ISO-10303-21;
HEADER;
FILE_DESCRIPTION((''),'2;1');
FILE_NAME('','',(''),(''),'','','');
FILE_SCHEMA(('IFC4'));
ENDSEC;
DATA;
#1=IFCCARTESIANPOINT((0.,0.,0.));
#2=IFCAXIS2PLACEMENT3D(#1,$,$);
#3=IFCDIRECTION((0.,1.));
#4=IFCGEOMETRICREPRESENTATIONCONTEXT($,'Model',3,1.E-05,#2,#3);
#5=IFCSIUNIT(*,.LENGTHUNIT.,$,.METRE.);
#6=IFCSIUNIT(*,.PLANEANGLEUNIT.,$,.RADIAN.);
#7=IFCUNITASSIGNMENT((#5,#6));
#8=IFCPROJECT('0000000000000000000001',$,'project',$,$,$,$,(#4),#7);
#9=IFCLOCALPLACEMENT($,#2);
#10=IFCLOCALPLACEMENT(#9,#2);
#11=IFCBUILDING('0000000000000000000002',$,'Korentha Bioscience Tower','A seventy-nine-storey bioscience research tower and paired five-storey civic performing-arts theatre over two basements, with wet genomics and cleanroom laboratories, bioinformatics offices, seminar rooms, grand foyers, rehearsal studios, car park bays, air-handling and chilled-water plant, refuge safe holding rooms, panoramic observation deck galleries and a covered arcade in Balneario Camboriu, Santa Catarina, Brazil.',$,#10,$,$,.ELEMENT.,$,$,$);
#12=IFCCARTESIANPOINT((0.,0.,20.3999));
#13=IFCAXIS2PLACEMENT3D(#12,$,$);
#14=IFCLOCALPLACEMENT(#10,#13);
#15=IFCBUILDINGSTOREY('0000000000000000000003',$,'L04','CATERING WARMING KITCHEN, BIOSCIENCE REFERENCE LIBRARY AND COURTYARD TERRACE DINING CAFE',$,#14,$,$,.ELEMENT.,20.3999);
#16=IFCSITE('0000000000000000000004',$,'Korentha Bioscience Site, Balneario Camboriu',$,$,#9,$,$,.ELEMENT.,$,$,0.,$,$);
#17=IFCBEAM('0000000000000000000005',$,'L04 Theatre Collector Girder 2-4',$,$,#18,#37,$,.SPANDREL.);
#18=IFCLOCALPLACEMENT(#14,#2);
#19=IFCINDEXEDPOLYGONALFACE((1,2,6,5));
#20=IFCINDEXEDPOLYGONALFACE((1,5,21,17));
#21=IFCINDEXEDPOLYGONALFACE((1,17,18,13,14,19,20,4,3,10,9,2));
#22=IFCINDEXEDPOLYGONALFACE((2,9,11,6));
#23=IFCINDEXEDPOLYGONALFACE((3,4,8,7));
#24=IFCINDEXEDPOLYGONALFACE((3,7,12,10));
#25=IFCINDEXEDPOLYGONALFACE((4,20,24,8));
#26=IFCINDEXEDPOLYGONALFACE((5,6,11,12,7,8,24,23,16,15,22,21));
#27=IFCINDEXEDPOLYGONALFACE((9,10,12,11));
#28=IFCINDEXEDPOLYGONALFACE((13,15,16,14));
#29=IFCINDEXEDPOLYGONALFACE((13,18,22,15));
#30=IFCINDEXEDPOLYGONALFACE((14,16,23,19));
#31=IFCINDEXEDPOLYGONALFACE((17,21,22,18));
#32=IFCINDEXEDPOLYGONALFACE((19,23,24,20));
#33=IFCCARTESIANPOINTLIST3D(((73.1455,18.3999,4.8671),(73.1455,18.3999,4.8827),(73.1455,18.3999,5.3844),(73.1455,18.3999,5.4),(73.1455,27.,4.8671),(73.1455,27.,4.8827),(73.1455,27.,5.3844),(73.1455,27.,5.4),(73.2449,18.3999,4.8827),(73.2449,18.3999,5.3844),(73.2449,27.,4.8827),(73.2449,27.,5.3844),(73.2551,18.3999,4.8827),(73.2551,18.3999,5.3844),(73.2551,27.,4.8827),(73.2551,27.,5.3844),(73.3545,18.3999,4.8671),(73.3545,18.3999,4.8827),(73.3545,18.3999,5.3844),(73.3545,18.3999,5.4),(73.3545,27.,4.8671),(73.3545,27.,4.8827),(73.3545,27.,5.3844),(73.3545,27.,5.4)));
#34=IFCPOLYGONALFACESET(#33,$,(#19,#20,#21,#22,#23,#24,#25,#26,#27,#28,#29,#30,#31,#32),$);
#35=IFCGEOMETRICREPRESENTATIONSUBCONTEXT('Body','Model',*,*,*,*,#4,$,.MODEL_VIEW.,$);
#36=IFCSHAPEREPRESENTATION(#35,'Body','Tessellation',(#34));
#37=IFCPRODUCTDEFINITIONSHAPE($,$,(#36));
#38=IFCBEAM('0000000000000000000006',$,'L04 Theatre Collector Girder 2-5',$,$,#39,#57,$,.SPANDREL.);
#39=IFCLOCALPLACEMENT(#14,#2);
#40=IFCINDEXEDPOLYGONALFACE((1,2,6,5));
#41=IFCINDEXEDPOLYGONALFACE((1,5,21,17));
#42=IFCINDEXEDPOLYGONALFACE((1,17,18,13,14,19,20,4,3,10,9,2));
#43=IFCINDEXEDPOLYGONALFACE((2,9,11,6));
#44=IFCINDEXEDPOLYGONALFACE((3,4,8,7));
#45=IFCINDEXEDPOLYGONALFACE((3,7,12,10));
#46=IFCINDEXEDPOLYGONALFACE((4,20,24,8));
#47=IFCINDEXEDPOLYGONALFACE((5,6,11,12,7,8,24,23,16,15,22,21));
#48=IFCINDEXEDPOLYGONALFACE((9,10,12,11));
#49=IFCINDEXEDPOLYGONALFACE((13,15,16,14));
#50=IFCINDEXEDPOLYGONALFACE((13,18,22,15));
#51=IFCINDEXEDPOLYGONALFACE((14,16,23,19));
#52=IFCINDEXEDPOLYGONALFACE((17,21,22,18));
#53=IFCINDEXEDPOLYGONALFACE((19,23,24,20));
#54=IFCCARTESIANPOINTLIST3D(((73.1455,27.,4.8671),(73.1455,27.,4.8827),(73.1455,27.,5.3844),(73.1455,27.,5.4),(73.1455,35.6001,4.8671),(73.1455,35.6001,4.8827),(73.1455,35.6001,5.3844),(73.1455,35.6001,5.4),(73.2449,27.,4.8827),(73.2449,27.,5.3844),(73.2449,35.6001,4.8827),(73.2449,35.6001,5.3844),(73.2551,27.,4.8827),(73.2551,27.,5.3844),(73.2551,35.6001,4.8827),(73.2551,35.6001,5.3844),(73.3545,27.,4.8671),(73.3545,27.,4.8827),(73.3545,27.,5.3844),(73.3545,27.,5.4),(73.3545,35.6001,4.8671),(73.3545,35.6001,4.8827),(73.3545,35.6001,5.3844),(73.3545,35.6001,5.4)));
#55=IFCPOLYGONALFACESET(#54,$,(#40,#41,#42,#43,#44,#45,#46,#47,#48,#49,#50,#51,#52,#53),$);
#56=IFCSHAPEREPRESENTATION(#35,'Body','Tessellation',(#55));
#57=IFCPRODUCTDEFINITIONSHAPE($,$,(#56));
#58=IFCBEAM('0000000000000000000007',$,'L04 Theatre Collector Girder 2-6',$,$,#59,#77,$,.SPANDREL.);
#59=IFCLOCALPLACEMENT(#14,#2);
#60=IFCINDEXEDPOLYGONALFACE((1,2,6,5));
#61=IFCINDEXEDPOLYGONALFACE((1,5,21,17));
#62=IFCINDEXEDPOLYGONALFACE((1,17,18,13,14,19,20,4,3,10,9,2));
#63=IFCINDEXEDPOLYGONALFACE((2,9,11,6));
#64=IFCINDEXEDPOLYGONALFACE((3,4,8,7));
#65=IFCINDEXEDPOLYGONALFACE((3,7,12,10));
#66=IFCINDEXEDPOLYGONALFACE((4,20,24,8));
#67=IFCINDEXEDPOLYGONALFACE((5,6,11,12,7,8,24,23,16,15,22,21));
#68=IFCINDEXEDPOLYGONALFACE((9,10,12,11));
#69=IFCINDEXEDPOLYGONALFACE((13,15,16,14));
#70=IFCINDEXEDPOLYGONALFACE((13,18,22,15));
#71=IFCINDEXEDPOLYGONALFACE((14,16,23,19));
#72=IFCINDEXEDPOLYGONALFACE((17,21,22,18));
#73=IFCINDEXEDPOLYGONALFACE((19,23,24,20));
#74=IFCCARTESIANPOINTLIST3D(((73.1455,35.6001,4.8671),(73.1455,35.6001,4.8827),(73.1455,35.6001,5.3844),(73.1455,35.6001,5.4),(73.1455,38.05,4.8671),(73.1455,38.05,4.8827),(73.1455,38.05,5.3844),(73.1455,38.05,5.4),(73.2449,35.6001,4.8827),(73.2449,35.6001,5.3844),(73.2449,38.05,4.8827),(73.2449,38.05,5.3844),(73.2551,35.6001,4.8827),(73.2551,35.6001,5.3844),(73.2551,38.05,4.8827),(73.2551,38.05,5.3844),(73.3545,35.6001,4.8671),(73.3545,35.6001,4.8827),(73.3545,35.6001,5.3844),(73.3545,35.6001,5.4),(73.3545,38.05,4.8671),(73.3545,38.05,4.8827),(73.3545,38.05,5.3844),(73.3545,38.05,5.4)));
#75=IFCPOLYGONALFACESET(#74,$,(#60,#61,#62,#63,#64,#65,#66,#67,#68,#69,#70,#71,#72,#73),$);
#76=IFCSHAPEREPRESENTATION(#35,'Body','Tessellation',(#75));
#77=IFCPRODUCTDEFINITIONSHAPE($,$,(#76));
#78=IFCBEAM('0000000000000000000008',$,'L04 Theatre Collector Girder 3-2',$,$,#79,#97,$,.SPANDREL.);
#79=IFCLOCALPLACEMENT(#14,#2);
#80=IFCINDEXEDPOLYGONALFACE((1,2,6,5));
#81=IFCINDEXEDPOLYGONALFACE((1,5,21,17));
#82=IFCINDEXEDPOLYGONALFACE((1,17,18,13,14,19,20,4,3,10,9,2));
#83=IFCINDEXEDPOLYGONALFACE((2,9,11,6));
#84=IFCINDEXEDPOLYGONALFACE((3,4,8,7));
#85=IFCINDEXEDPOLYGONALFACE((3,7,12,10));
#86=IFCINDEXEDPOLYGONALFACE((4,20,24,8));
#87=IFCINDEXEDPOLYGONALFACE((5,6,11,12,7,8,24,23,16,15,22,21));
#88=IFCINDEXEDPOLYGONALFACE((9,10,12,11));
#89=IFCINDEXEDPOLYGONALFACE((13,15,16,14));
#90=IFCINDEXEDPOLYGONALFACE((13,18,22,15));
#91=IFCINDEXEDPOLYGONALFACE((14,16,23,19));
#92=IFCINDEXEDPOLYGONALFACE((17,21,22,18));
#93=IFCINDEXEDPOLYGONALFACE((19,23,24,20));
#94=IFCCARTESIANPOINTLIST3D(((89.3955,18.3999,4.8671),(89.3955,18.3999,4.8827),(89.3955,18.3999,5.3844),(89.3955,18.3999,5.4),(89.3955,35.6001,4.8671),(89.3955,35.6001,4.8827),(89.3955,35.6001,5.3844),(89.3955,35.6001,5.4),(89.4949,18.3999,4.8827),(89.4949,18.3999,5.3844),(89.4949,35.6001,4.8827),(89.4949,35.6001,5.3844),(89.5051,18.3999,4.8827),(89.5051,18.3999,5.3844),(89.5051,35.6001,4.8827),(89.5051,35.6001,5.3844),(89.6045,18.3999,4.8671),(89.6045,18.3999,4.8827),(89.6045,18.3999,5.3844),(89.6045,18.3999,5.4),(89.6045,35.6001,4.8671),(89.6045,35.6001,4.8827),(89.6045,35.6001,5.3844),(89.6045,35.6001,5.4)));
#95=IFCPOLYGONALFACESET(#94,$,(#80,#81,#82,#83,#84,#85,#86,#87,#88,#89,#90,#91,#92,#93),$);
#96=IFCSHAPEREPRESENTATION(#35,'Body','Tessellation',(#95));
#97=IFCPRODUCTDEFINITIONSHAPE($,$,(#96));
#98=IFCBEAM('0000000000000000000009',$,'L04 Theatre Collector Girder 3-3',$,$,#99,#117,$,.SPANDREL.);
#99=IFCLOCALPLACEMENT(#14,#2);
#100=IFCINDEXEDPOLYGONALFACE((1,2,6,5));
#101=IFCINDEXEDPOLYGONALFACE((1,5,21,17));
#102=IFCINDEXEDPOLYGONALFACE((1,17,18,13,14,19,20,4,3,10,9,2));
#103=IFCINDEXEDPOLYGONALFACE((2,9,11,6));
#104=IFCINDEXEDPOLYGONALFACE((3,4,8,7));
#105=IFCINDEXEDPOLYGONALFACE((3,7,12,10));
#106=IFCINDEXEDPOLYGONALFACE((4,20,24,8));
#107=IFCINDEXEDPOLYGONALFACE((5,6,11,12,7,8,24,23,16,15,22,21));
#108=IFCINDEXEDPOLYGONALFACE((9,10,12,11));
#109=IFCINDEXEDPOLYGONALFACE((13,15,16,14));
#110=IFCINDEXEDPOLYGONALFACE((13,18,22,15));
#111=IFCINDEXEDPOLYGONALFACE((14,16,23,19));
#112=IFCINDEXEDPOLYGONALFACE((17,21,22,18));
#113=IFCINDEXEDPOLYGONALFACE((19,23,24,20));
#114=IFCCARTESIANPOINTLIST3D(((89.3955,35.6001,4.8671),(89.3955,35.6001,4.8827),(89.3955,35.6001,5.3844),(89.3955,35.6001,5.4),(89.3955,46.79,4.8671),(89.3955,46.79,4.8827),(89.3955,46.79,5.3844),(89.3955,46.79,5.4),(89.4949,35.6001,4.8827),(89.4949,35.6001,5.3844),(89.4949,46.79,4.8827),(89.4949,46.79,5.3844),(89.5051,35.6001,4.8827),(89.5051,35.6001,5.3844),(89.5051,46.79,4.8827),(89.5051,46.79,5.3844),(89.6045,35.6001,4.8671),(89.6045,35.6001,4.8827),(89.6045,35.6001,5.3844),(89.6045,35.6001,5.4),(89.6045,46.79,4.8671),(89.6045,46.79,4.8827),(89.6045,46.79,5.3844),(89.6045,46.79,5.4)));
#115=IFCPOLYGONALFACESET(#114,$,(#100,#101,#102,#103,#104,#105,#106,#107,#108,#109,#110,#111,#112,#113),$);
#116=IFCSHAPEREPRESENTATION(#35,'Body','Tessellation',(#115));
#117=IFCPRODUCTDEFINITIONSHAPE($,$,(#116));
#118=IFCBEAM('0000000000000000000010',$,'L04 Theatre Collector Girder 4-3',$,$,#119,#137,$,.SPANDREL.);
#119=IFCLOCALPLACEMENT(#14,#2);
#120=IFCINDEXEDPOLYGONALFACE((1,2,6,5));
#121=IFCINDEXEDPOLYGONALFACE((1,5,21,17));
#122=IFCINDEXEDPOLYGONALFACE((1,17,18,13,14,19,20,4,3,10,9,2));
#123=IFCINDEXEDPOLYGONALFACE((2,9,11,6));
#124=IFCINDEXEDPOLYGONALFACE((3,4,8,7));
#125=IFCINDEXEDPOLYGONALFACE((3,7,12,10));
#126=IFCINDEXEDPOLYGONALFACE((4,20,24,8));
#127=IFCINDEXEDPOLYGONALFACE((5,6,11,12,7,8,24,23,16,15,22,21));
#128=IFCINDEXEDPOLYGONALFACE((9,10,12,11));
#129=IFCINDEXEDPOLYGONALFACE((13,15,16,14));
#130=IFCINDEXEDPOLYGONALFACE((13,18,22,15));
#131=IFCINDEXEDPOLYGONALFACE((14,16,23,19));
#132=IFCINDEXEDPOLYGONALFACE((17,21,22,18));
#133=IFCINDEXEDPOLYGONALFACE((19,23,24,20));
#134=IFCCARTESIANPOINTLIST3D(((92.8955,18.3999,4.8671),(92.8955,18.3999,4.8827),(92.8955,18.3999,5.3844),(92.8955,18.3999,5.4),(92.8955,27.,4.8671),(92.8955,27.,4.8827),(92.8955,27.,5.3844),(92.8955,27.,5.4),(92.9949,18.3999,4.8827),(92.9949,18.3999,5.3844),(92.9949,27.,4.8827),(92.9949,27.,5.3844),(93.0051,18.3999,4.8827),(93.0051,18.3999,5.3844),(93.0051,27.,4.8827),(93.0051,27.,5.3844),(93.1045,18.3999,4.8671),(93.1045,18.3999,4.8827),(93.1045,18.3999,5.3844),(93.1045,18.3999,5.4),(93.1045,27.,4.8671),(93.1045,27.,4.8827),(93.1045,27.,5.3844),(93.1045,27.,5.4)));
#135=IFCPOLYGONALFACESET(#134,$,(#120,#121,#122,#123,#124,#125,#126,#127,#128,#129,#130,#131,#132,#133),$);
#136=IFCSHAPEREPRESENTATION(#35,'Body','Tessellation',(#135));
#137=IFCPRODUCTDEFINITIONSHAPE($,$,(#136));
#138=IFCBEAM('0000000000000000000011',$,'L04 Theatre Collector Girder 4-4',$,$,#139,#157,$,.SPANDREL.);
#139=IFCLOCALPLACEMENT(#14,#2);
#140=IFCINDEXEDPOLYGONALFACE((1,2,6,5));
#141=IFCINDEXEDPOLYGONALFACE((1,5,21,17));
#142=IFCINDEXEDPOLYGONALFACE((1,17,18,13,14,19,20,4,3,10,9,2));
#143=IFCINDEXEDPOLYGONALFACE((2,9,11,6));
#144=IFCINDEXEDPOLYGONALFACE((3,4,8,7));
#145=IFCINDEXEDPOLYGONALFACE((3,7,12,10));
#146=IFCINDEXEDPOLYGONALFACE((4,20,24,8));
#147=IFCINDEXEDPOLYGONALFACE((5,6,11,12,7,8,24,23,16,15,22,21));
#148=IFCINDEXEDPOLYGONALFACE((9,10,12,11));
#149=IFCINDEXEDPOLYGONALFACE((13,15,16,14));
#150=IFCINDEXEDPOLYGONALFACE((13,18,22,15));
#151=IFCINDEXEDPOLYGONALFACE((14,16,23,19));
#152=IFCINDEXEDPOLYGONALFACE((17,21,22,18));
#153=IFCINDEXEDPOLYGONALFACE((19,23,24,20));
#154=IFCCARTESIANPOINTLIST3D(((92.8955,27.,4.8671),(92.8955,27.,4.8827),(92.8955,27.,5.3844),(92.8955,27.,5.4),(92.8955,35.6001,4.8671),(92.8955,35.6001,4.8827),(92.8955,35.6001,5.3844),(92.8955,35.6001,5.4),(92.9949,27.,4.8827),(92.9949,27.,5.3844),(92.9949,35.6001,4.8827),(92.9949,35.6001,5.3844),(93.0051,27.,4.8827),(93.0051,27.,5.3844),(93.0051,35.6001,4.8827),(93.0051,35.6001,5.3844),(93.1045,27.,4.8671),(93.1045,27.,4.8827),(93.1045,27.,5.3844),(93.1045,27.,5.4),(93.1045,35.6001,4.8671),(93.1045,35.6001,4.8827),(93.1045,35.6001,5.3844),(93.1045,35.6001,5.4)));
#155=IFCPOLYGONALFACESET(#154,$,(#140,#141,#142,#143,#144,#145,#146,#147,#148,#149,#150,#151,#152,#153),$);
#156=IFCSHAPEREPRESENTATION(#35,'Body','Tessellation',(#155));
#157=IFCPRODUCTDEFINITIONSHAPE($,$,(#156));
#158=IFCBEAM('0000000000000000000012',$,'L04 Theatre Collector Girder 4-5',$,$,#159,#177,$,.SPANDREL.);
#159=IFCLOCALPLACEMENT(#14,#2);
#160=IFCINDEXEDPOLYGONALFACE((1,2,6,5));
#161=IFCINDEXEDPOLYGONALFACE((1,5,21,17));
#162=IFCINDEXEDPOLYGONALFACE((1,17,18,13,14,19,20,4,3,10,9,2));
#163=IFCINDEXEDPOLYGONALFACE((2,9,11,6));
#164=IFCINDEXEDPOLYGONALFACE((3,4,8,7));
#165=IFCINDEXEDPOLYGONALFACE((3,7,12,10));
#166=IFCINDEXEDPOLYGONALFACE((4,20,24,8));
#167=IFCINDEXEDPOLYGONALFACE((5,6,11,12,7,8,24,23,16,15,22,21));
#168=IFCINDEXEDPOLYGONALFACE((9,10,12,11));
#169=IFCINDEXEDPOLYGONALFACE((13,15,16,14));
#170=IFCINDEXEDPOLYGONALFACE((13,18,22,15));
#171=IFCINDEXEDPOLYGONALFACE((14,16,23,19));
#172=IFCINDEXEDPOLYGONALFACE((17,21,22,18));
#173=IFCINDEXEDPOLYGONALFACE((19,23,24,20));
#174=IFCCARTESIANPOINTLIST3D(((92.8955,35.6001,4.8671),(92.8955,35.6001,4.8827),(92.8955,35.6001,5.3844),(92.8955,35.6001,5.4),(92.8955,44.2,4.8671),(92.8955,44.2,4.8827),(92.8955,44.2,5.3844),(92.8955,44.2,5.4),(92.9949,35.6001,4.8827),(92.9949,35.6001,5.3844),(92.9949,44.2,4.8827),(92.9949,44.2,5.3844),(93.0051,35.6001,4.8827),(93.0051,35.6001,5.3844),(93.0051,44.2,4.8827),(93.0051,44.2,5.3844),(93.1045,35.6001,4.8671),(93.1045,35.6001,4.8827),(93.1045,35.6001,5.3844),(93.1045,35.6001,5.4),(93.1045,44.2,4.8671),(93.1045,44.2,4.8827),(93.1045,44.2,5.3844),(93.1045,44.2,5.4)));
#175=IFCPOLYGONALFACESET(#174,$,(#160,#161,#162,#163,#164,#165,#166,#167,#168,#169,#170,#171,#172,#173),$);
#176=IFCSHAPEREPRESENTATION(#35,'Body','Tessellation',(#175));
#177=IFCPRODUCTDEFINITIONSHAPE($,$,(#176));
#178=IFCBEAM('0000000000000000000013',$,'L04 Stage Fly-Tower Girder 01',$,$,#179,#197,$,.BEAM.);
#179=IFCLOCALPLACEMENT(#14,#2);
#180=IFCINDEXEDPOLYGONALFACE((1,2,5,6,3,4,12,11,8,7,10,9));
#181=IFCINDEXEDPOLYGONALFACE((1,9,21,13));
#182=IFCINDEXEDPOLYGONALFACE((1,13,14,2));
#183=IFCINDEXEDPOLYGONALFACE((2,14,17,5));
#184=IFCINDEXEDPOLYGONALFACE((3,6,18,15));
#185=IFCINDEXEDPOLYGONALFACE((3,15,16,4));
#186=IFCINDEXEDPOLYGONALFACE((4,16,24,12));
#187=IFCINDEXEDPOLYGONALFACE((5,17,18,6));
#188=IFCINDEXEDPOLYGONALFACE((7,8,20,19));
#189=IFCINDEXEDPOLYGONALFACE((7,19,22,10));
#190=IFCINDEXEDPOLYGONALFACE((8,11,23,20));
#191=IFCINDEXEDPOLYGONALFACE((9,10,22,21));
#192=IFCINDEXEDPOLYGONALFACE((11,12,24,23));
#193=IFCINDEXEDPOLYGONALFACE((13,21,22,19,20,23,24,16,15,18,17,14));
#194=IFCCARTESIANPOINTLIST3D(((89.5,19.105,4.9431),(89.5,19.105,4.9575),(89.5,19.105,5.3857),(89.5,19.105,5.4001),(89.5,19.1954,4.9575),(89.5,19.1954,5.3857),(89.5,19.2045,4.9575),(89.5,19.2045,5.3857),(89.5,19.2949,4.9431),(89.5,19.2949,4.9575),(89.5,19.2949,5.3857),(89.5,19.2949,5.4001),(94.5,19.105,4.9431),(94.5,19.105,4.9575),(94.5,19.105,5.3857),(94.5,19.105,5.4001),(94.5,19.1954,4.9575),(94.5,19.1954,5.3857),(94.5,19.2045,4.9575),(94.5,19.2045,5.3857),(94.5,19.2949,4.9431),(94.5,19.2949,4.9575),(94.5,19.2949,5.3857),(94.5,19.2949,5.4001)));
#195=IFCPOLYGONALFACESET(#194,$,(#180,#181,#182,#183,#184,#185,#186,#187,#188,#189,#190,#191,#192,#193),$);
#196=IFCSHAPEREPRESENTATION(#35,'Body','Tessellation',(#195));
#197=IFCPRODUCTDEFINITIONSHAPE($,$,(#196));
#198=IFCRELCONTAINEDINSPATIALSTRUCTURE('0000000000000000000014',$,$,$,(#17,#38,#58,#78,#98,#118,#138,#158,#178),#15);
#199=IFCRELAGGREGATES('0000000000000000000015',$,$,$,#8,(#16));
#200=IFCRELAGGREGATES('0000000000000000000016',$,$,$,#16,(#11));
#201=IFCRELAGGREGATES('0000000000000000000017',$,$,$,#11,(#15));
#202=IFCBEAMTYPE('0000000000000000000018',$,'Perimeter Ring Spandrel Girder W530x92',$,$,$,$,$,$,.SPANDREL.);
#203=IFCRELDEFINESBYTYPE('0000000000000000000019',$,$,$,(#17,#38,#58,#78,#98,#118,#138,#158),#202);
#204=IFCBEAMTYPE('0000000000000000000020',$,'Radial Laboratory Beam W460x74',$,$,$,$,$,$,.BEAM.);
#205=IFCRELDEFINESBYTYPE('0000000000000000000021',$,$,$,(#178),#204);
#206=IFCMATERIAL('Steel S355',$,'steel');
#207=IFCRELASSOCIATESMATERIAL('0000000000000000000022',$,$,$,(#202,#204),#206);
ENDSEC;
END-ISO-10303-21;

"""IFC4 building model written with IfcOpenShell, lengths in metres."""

from ifc_helpers import new_model, si_unit, direction, frame, origin, origin_2d, place, context, subcontext, project, spatial, i_section, extrude, material, material_profile, profile_set, type_object, element, save


model = new_model("IFC4")

# Units and contexts
model_context = context("Model", 3, precision=1e-05, world=origin(), true_north=direction((0.0, 1.0)))
body_context = subcontext(model_context, "Body", "Model", "MODEL_VIEW")
ifc_project = project(units=[si_unit("LENGTHUNIT", "METRE"), si_unit("PLANEANGLEUNIT", "RADIAN")], contexts=[model_context])

# Site, building, storey
site_placement = place(None, origin())
site = spatial("IfcSite", under=ifc_project, at=site_placement, Name="Korentha Bioscience Site, Balneario Camboriu", CompositionType="ELEMENT", RefElevation=0.0)
building_placement = place(site_placement, origin())
building = spatial("IfcBuilding", under=site, at=building_placement, Name="Korentha Bioscience Tower", Description="A seventy-nine-storey bioscience research tower and paired five-storey civic performing-arts theatre over two basements, with wet genomics and cleanroom laboratories, bioinformatics offices, seminar rooms, grand foyers, rehearsal studios, car park bays, air-handling and chilled-water plant, refuge safe holding rooms, panoramic observation deck galleries and a covered arcade in Balneario Camboriu, Santa Catarina, Brazil.", CompositionType="ELEMENT")
storey_placement = place(building_placement, frame((0.0, 0.0, 20.3999)))
storey = spatial("IfcBuildingStorey", under=building, at=storey_placement, Name="L04", Description="CATERING WARMING KITCHEN, BIOSCIENCE REFERENCE LIBRARY AND COURTYARD TERRACE DINING CAFE", CompositionType="ELEMENT", Elevation=20.3999)

# Shared definitions
ifc_material_1 = material(Name="Steel S355", Category="steel")

# Beams
ifc_material_profile_1 = material_profile(ifc_material_1, i_section(OverallWidth=0.209, OverallDepth=0.533, WebThickness=0.0103, FlangeThickness=0.0156, at=origin_2d()), Name="Steel S355")
ifc_profile_set_1 = profile_set([ifc_material_profile_1], Name="Steel S355 (SB-530)")
beam_type_1 = type_object("IfcBeamType", Name="Perimeter Ring Spandrel Girder W530x92", PredefinedType="SPANDREL", material=ifc_profile_set_1)
for number, where, z_axis, x_axis, name in (
    (1, (73.25, 18.3999, 5.1335), (0.0, 1.0, 0.0), (-1.0, 0.0, 0.0), "L04 Theatre Collector Girder 2-4"),
    (2, (73.25, 27.0, 5.1335), (0.0, 1.0, 0.0), (-1.0, 0.0, 0.0), "L04 Theatre Collector Girder 2-5"),
):
    element("IfcBeam", number, at=place(storey_placement, frame(where, z_axis=z_axis, x_axis=x_axis)), inside=storey, type_object=beam_type_1, Name=name, PredefinedType="SPANDREL", context=body_context, shape_type="SweptSolid", body=[
        extrude(i_section(OverallWidth=0.209, OverallDepth=0.533, WebThickness=0.0103, FlangeThickness=0.0156, at=origin_2d()), origin(), (0.0, 0.0, 1.0), 8.6001),
    ])
beam_1_placement = place(storey_placement, frame((73.25, 35.6001, 5.1335), z_axis=(0.0, 1.0, 0.0), x_axis=(-1.0, 0.0, 0.0)))
element("IfcBeam", 3, at=beam_1_placement, inside=storey, type_object=beam_type_1, Name="L04 Theatre Collector Girder 2-6", PredefinedType="SPANDREL", context=body_context, shape_type="SweptSolid", body=[
    extrude(i_section(OverallWidth=0.209, OverallDepth=0.533, WebThickness=0.0103, FlangeThickness=0.0156, at=origin_2d()), origin(), (0.0, 0.0, 1.0), 2.45),
])
beam_2_placement = place(storey_placement, frame((89.5, 18.3999, 5.1335), z_axis=(0.0, 1.0, 0.0), x_axis=(-1.0, 0.0, 0.0)))
element("IfcBeam", 4, at=beam_2_placement, inside=storey, type_object=beam_type_1, Name="L04 Theatre Collector Girder 3-2", PredefinedType="SPANDREL", context=body_context, shape_type="SweptSolid", body=[
    extrude(i_section(OverallWidth=0.209, OverallDepth=0.533, WebThickness=0.0103, FlangeThickness=0.0156, at=origin_2d()), origin(), (0.0, 0.0, 1.0), 17.2002),
])
beam_3_placement = place(storey_placement, frame((89.5, 35.6001, 5.1335), z_axis=(0.0, 1.0, 0.0), x_axis=(-1.0, 0.0, 0.0)))
element("IfcBeam", 5, at=beam_3_placement, inside=storey, type_object=beam_type_1, Name="L04 Theatre Collector Girder 3-3", PredefinedType="SPANDREL", context=body_context, shape_type="SweptSolid", body=[
    extrude(i_section(OverallWidth=0.209, OverallDepth=0.533, WebThickness=0.0103, FlangeThickness=0.0156, at=origin_2d()), origin(), (0.0, 0.0, 1.0), 11.1899),
])
for number, where, z_axis, x_axis, name in (
    (6, (93.0, 18.3999, 5.1335), (0.0, 1.0, 0.0), (-1.0, 0.0, 0.0), "L04 Theatre Collector Girder 4-3"),
    (7, (93.0, 27.0, 5.1335), (0.0, 1.0, 0.0), (-1.0, 0.0, 0.0), "L04 Theatre Collector Girder 4-4"),
):
    element("IfcBeam", number, at=place(storey_placement, frame(where, z_axis=z_axis, x_axis=x_axis)), inside=storey, type_object=beam_type_1, Name=name, PredefinedType="SPANDREL", context=body_context, shape_type="SweptSolid", body=[
        extrude(i_section(OverallWidth=0.209, OverallDepth=0.533, WebThickness=0.0103, FlangeThickness=0.0156, at=origin_2d()), origin(), (0.0, 0.0, 1.0), 8.6001),
    ])
beam_4_placement = place(storey_placement, frame((93.0, 35.6001, 5.1335), z_axis=(0.0, 1.0, 0.0), x_axis=(-1.0, 0.0, 0.0)))
element("IfcBeam", 8, at=beam_4_placement, inside=storey, type_object=beam_type_1, Name="L04 Theatre Collector Girder 4-5", PredefinedType="SPANDREL", context=body_context, shape_type="SweptSolid", body=[
    extrude(i_section(OverallWidth=0.209, OverallDepth=0.533, WebThickness=0.0103, FlangeThickness=0.0156, at=origin_2d()), origin(), (0.0, 0.0, 1.0), 8.5999),
])
ifc_material_profile_2 = material_profile(ifc_material_1, i_section(OverallWidth=0.1899, OverallDepth=0.457, WebThickness=0.009, FlangeThickness=0.0144, at=origin_2d()), Name="Steel S355")
ifc_profile_set_2 = profile_set([ifc_material_profile_2], Name="Steel S355 (RB-460)")
beam_type_2 = type_object("IfcBeamType", Name="Radial Laboratory Beam W460x74", PredefinedType="BEAM", material=ifc_profile_set_2)
for number, where, z_axis, x_axis, name in (
    (9, (89.5, 19.2, 5.1716), (1.0, 0.0, 0.0), (0.0, 1.0, 0.0), "L04 Stage Fly-Tower Girder 01"),
):
    element("IfcBeam", number, at=place(storey_placement, frame(where, z_axis=z_axis, x_axis=x_axis)), inside=storey, type_object=beam_type_2, Name=name, PredefinedType="BEAM", context=body_context, shape_type="SweptSolid", body=[
        extrude(i_section(OverallWidth=0.1899, OverallDepth=0.457, WebThickness=0.009, FlangeThickness=0.0144, at=origin_2d()), origin(), (0.0, 0.0, 1.0), 5.0),
    ])

save(model, "model.ifc")
